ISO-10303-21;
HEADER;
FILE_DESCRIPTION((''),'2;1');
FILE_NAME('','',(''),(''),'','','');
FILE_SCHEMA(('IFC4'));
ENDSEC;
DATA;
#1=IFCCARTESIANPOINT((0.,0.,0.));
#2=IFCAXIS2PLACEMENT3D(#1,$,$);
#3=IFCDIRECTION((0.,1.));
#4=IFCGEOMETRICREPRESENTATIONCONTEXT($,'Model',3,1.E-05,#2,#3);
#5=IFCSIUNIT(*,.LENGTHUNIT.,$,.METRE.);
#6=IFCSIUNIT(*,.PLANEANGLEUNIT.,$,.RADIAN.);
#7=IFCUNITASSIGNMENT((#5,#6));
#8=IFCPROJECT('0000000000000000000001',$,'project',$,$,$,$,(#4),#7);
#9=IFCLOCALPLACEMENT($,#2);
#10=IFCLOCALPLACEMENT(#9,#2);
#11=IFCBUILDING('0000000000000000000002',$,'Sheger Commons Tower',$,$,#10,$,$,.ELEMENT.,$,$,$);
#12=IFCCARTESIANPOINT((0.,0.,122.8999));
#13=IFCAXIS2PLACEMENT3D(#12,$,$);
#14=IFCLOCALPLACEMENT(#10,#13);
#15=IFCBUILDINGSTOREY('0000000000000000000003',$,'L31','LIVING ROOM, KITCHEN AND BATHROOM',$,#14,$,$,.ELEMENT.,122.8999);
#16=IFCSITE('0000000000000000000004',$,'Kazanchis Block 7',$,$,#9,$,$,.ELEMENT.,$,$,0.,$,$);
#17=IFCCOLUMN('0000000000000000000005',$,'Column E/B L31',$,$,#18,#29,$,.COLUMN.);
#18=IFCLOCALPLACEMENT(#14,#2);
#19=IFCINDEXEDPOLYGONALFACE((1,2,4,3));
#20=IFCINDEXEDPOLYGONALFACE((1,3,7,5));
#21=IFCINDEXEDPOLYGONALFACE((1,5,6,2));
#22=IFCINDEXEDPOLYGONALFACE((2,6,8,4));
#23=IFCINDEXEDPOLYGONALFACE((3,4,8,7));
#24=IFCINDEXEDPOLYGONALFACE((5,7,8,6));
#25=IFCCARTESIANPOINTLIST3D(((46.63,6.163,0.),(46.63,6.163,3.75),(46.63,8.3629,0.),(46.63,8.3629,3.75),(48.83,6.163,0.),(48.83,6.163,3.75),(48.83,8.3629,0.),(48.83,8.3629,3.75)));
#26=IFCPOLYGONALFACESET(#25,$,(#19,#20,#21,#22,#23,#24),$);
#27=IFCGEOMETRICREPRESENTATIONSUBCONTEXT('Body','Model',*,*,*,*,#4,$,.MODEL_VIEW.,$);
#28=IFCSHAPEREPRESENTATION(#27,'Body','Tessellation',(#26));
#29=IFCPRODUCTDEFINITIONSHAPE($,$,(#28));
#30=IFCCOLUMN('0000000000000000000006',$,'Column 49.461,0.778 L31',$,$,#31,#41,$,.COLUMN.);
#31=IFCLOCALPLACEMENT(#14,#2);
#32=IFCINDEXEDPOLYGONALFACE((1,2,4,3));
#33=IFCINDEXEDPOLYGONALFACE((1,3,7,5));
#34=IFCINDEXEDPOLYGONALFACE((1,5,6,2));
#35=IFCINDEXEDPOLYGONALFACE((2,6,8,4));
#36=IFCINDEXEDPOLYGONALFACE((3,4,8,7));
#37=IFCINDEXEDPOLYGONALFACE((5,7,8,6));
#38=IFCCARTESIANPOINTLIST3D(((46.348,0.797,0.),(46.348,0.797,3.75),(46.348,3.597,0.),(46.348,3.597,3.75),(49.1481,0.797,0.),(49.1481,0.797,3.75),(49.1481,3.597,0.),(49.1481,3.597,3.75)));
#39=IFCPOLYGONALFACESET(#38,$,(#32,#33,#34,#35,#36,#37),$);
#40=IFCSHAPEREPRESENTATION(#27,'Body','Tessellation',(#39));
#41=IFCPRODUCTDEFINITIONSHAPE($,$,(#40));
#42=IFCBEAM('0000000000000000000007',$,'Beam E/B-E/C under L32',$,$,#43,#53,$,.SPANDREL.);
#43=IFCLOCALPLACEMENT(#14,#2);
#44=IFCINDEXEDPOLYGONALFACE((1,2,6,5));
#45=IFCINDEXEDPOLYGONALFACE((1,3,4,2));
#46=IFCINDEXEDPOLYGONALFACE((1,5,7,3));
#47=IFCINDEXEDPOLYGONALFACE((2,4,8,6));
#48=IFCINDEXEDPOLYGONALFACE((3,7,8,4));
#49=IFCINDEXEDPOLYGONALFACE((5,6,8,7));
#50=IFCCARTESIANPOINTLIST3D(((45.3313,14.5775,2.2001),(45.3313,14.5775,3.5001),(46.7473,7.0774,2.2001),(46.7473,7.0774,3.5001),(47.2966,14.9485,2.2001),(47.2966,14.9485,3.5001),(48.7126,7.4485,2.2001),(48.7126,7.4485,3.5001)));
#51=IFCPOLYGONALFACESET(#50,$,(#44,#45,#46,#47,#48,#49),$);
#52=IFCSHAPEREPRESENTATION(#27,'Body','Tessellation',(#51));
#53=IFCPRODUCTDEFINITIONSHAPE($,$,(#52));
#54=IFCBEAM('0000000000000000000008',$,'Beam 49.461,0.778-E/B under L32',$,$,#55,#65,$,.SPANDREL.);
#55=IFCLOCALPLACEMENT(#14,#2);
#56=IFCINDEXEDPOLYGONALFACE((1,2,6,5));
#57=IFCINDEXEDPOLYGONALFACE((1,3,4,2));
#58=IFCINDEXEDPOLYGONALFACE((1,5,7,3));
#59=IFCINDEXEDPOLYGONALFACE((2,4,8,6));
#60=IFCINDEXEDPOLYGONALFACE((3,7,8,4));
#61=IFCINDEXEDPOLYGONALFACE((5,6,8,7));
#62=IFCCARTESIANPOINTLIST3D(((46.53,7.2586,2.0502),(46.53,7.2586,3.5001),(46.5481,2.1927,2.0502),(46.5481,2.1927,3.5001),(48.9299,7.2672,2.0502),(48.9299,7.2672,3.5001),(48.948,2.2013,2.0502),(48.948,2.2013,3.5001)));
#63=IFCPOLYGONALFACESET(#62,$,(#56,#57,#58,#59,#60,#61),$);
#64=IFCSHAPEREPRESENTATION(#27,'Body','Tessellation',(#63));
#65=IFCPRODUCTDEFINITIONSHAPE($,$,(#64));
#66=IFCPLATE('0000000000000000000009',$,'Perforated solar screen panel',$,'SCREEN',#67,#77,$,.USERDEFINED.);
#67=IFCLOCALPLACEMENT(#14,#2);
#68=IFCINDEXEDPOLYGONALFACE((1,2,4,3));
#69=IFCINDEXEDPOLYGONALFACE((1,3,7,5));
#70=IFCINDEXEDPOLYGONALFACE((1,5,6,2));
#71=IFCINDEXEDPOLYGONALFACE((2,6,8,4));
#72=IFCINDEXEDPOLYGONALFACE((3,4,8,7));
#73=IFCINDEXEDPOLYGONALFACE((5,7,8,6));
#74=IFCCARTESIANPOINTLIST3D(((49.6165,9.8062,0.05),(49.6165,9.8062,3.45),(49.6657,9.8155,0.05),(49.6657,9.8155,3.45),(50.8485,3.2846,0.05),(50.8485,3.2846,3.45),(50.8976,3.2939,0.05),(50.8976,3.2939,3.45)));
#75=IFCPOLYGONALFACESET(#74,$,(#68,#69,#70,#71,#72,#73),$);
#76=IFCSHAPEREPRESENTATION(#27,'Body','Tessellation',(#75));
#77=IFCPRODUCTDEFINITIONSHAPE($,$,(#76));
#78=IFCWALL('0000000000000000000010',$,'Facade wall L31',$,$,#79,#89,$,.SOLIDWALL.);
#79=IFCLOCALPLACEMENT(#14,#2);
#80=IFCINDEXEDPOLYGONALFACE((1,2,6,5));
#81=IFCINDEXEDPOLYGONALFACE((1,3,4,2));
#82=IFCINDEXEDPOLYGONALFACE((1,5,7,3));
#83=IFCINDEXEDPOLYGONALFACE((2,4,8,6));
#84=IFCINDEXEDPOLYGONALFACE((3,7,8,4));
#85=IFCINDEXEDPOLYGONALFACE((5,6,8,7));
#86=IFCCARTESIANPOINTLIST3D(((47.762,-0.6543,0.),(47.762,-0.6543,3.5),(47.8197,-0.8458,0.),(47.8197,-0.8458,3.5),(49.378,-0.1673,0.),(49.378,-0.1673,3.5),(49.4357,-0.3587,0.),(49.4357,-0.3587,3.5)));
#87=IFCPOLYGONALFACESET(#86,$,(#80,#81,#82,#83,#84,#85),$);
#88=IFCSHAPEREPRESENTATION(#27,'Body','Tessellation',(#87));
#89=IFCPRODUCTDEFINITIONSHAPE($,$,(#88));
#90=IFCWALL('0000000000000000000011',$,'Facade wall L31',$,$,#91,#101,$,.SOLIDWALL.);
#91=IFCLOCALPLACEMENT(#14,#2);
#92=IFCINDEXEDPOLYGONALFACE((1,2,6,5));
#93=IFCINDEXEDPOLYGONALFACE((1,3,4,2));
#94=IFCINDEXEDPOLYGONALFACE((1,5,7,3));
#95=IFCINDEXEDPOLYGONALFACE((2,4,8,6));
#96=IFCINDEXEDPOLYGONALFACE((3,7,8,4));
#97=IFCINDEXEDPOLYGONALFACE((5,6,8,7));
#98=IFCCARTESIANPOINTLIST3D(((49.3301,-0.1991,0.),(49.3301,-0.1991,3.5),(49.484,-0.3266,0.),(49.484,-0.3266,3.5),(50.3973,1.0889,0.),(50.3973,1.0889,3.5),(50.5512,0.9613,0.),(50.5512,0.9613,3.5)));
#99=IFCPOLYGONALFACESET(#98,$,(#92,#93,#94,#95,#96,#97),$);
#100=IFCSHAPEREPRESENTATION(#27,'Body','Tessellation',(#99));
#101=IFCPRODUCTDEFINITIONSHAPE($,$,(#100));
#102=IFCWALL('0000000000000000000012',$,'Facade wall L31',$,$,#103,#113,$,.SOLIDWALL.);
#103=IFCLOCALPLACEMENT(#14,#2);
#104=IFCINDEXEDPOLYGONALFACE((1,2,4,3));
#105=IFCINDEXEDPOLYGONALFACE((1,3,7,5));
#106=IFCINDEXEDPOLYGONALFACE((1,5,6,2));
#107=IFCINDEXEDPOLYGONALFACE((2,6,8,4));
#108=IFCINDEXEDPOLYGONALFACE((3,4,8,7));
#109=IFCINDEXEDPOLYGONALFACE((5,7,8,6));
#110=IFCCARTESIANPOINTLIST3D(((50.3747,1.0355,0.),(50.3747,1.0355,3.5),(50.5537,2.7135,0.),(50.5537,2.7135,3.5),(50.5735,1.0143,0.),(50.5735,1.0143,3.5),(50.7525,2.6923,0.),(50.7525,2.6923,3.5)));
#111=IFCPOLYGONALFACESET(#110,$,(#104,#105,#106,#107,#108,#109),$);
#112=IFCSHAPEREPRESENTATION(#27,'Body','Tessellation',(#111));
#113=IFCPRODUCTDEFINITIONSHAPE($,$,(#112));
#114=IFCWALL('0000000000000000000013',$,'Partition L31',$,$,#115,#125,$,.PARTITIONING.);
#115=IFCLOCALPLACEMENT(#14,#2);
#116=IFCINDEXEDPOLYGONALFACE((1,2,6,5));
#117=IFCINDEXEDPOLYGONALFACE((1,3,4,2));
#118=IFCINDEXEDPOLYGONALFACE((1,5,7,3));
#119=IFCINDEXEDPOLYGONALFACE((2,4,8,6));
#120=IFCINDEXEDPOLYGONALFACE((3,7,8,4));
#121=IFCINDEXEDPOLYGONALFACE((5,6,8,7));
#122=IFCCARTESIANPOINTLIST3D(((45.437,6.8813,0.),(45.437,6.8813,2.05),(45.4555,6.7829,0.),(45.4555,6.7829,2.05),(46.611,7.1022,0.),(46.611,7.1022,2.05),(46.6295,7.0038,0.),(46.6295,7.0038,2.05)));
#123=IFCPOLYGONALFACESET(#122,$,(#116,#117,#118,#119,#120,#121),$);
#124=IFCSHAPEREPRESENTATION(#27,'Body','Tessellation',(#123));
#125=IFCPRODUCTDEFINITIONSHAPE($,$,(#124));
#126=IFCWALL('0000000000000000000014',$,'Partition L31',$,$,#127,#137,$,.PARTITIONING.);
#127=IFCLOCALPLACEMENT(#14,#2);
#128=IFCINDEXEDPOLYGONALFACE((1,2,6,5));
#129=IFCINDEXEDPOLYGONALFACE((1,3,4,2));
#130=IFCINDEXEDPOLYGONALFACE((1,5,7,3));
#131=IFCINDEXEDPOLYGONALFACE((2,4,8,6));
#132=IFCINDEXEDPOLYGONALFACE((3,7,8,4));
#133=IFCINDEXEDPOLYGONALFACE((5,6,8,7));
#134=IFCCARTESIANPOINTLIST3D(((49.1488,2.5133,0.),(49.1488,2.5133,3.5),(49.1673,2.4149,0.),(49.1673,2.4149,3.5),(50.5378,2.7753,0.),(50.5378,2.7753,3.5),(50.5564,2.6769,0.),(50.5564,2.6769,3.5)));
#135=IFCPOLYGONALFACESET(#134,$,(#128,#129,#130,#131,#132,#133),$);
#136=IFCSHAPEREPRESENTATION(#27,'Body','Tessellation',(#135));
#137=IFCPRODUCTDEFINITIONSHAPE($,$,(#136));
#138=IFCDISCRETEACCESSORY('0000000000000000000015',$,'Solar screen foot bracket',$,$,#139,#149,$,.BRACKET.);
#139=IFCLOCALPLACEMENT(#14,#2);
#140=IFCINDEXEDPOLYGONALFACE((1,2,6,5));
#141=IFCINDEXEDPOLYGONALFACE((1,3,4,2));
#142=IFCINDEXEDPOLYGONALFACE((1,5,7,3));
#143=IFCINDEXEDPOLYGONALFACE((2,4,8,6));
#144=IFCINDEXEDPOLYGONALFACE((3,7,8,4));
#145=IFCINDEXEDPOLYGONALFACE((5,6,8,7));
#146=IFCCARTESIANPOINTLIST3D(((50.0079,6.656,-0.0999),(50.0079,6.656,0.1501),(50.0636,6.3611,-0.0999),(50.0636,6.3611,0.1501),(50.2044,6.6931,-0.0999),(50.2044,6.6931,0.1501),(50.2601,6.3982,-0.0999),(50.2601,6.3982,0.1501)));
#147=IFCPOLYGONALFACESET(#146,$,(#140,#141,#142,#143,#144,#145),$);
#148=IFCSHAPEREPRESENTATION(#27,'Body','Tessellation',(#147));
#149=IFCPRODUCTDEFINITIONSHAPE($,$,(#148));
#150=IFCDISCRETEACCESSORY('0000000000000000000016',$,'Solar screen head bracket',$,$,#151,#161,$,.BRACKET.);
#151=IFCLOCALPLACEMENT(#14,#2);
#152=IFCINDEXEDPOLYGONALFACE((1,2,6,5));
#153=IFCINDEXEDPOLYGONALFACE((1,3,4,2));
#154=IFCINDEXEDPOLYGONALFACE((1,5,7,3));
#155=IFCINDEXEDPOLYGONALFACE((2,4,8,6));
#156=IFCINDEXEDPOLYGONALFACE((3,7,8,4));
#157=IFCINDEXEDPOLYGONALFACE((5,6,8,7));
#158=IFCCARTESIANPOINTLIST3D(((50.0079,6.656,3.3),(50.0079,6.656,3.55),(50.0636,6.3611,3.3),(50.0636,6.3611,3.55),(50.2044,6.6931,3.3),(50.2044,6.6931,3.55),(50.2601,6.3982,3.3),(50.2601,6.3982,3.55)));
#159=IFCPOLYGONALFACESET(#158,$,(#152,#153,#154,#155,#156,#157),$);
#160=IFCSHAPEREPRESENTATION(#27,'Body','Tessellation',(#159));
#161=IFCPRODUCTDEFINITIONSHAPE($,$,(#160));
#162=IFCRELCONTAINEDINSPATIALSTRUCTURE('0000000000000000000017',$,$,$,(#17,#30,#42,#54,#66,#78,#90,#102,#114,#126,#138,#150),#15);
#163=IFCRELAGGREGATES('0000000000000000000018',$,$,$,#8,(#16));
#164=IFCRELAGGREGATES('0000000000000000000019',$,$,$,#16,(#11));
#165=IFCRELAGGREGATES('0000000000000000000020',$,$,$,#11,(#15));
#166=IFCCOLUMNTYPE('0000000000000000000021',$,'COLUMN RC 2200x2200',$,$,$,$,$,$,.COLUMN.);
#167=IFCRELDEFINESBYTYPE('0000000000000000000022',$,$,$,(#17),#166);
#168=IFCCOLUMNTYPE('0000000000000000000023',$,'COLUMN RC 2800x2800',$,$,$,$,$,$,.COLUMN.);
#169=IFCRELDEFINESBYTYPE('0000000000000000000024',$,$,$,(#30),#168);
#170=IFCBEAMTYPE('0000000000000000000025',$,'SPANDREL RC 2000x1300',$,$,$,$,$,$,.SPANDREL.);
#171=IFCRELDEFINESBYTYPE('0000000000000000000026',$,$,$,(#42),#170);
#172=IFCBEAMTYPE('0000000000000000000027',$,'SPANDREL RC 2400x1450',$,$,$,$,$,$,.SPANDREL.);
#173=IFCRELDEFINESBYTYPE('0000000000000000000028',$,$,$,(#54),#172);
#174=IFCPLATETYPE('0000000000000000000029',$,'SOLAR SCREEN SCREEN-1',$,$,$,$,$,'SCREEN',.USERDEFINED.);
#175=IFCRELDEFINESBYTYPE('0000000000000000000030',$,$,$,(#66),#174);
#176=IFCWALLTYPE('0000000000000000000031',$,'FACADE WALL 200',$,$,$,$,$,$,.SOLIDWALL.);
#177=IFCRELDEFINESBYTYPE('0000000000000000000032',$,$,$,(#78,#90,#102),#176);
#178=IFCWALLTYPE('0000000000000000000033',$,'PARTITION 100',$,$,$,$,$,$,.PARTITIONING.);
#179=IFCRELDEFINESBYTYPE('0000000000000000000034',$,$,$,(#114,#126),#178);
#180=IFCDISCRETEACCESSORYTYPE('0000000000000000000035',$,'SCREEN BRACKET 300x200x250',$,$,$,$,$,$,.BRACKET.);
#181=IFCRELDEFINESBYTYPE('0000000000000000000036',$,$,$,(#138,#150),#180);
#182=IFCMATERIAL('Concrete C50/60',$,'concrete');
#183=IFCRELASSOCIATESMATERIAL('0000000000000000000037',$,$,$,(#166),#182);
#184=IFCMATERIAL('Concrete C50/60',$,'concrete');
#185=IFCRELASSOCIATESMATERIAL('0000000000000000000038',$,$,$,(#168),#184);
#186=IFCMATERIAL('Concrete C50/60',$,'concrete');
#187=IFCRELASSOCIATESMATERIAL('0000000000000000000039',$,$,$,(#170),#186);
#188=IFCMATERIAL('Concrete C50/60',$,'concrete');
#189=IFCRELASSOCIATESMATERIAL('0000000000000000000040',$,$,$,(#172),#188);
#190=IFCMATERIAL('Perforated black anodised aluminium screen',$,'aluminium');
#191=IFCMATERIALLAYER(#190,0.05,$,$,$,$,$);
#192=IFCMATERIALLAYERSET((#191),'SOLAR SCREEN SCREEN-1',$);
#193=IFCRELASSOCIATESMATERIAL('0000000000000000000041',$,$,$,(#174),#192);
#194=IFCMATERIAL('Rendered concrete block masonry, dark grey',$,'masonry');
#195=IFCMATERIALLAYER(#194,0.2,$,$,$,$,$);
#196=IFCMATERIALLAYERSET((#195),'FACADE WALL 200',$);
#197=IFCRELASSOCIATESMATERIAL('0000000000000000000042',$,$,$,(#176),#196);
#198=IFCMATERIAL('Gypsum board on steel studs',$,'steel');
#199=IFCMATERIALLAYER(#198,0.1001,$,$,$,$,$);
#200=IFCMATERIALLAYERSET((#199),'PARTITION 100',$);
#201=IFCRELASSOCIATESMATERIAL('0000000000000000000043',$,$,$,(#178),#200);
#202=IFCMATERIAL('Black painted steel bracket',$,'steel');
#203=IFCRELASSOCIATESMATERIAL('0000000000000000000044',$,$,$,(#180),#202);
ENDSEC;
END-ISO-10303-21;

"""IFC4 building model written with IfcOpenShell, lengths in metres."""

from ifc_helpers import new_model, si_unit, direction, frame, frame_2d, origin, origin_2d, place, context, subcontext, project, spatial, rectangle, extrude, material, layer, layer_set, material_profile, profile_set, type_object, element, save


model = new_model("IFC4")

# Units and contexts
model_context = context("Model", 3, precision=1e-05, world=origin(), true_north=direction((0.0, 1.0)))
body_context = subcontext(model_context, "Body", "Model", "MODEL_VIEW")
ifc_project = project(units=[si_unit("LENGTHUNIT", "METRE"), si_unit("PLANEANGLEUNIT", "RADIAN")], contexts=[model_context])

# Site, building, storey
site_placement = place(None, origin())
site = spatial("IfcSite", under=ifc_project, at=site_placement, Name="Kazanchis Block 7", CompositionType="ELEMENT", RefElevation=0.0)
building_placement = place(site_placement, origin())
building = spatial("IfcBuilding", under=site, at=building_placement, Name="Sheger Commons Tower", CompositionType="ELEMENT")
storey_placement = place(building_placement, frame((0.0, 0.0, 122.8999)))
storey = spatial("IfcBuildingStorey", under=building, at=storey_placement, Name="L31", Description="LIVING ROOM, KITCHEN AND BATHROOM", CompositionType="ELEMENT", Elevation=122.8999)

# Columns
ifc_material_1 = material(Name="Concrete C50/60", Category="concrete")
ifc_material_profile_1 = material_profile(ifc_material_1, rectangle(XDim=2.2, YDim=2.2, at=origin_2d()), Name="RC 2200x2200")
ifc_profile_set_1 = profile_set([ifc_material_profile_1], Name="Concrete C50/60")
column_type_1 = type_object("IfcColumnType", Name="COLUMN RC 2200x2200", PredefinedType="COLUMN", material=ifc_profile_set_1)
column_1_placement = place(storey_placement, frame((47.73, 7.2629, 0.0), z_axis=(0.0, 0.0, 1.0), x_axis=(1.0, 0.0, 0.0)))
element("IfcColumn", 1, at=column_1_placement, inside=storey, type_object=column_type_1, Name="Column E/B L31", PredefinedType="COLUMN", context=body_context, shape_type="SweptSolid", body=[
    extrude(rectangle(XDim=2.2, YDim=2.2, at=origin_2d()), origin(), (0.0, 0.0, 1.0), 3.75),
])
ifc_material_2 = material(Name="Concrete C50/60", Category="concrete")
ifc_material_profile_2 = material_profile(ifc_material_2, rectangle(XDim=2.8, YDim=2.8, at=origin_2d()), Name="RC 2800x2800")
ifc_profile_set_2 = profile_set([ifc_material_profile_2], Name="Concrete C50/60")
column_type_2 = type_object("IfcColumnType", Name="COLUMN RC 2800x2800", PredefinedType="COLUMN", material=ifc_profile_set_2)
column_2_placement = place(storey_placement, frame((47.748, 2.197, 0.0), z_axis=(0.0, 0.0, 1.0), x_axis=(1.0, 0.0, 0.0)))
element("IfcColumn", 2, at=column_2_placement, inside=storey, type_object=column_type_2, Name="Column 49.461,0.778 L31", PredefinedType="COLUMN", context=body_context, shape_type="SweptSolid", body=[
    extrude(rectangle(XDim=2.8, YDim=2.8, at=origin_2d()), origin(), (0.0, 0.0, 1.0), 3.75),
])

# Beams
ifc_material_3 = material(Name="Concrete C50/60", Category="concrete")
ifc_material_profile_3 = material_profile(ifc_material_3, rectangle(XDim=2.0, YDim=1.3, at=origin_2d()), Name="RC 2000x1300")
ifc_profile_set_3 = profile_set([ifc_material_profile_3], Name="Concrete C50/60")
beam_type_1 = type_object("IfcBeamType", Name="SPANDREL RC 2000x1300", PredefinedType="SPANDREL", material=ifc_profile_set_3)
beam_1_placement = place(storey_placement, frame((47.73, 7.2629, 2.8501), z_axis=(-0.185524, 0.98264, 0.0), x_axis=(-0.98264, -0.185524, 0.0)))
element("IfcBeam", 3, at=beam_1_placement, inside=storey, type_object=beam_type_1, Name="Beam E/B-E/C under L32", PredefinedType="SPANDREL", context=body_context, shape_type="SweptSolid", body=[
    extrude(rectangle(XDim=2.0, YDim=1.3, at=origin_2d()), origin(), (0.0, 0.0, 1.0), 7.6326),
])
ifc_material_4 = material(Name="Concrete C50/60", Category="concrete")
ifc_material_profile_4 = material_profile(ifc_material_4, rectangle(XDim=2.3999, YDim=1.45, at=origin_2d()), Name="RC 2400x1450")
ifc_profile_set_4 = profile_set([ifc_material_profile_4], Name="Concrete C50/60")
beam_type_2 = type_object("IfcBeamType", Name="SPANDREL RC 2400x1450", PredefinedType="SPANDREL", material=ifc_profile_set_4)
beam_2_placement = place(storey_placement, frame((47.748, 2.197, 2.7751), z_axis=(-0.003566, 0.999994, 0.0), x_axis=(-0.999994, -0.003566, 0.0)))
element("IfcBeam", 4, at=beam_2_placement, inside=storey, type_object=beam_type_2, Name="Beam 49.461,0.778-E/B under L32", PredefinedType="SPANDREL", context=body_context, shape_type="SweptSolid", body=[
    extrude(rectangle(XDim=2.3999, YDim=1.45, at=origin_2d()), origin(), (0.0, 0.0, 1.0), 5.0659),
])

# Plate
ifc_material_5 = material(Name="Perforated black anodised aluminium screen", Category="aluminium")
ifc_layer_1 = layer(ifc_material_5, 0.05)
ifc_layer_set_1 = layer_set([ifc_layer_1], Name="SOLAR SCREEN SCREEN-1")
plate_type = type_object("IfcPlateType", Name="SOLAR SCREEN SCREEN-1", ElementType="SCREEN", PredefinedType="USERDEFINED", material=ifc_layer_set_1)
plate_placement = place(storey_placement, frame((50.2571, 6.55, 0.05), z_axis=(0.0, 0.0, 1.0), x_axis=(-0.185615, 0.982623, 0.0)))
element("IfcPlate", 5, at=plate_placement, inside=storey, type_object=plate_type, Name="Perforated solar screen panel", ObjectType="SCREEN", PredefinedType="USERDEFINED", context=body_context, shape_type="SweptSolid", body=[
    extrude(rectangle(XDim=6.637, YDim=0.05, at=origin_2d()), origin(), (0.0, 0.0, 1.0), 3.3999),
])

# Walls
ifc_material_6 = material(Name="Rendered concrete block masonry, dark grey", Category="masonry")
ifc_layer_2 = layer(ifc_material_6, 0.2)
ifc_layer_set_2 = layer_set([ifc_layer_2], Name="FACADE WALL 200")
wall_type_1 = type_object("IfcWallType", Name="FACADE WALL 200", PredefinedType="SOLIDWALL", material=ifc_layer_set_2)
wall_1_placement = place(storey_placement, frame((47.791, -0.75, 0.0), z_axis=(0.0, 0.0, 1.0), x_axis=(0.957455, 0.288582, 0.0)))
element("IfcWall", 6, at=wall_1_placement, inside=storey, type_object=wall_type_1, Name="Facade wall L31", PredefinedType="SOLIDWALL", context=body_context, shape_type="SweptSolid", body=[
    extrude(rectangle(XDim=1.6877, YDim=0.2, at=frame_2d((0.8438, 0.0))), origin(), (0.0, 0.0, 1.0), 3.5),
])
wall_2_placement = place(storey_placement, frame((49.407, -0.2629, 0.0), z_axis=(0.0, 0.0, 1.0), x_axis=(0.638043, 0.770001, 0.0)))
element("IfcWall", 7, at=wall_2_placement, inside=storey, type_object=wall_type_1, Name="Facade wall L31", PredefinedType="SOLIDWALL", context=body_context, shape_type="SweptSolid", body=[
    extrude(rectangle(XDim=1.6726, YDim=0.2, at=frame_2d((0.8364, 0.0))), origin(), (0.0, 0.0, 1.0), 3.5),
])
wall_3_placement = place(storey_placement, frame((50.4741, 1.0249, 0.0), z_axis=(0.0, 0.0, 1.0), x_axis=(0.106048, 0.994361, 0.0)))
element("IfcWall", 8, at=wall_3_placement, inside=storey, type_object=wall_type_1, Name="Facade wall L31", PredefinedType="SOLIDWALL", context=body_context, shape_type="SweptSolid", body=[
    extrude(rectangle(XDim=1.6875, YDim=0.2, at=frame_2d((0.8438, 0.0))), origin(), (0.0, 0.0, 1.0), 3.5),
])

# Walls
ifc_material_7 = material(Name="Gypsum board on steel studs", Category="steel")
ifc_layer_3 = layer(ifc_material_7, 0.1001)
ifc_layer_set_3 = layer_set([ifc_layer_3], Name="PARTITION 100")
wall_type_2 = type_object("IfcWallType", Name="PARTITION 100", PredefinedType="PARTITIONING", material=ifc_layer_set_3)
wall_4_placement = place(storey_placement, frame((46.6201, 7.053, 0.0), z_axis=(0.0, 0.0, 1.0), x_axis=(-0.982749, -0.184942, 0.0)))
element("IfcWall", 9, at=wall_4_placement, inside=storey, type_object=wall_type_2, Name="Partition L31", PredefinedType="PARTITIONING", context=body_context, shape_type="SweptSolid", body=[
    extrude(rectangle(XDim=1.1946, YDim=0.1001, at=frame_2d((0.5972, 0.0))), origin(), (0.0, 0.0, 1.0), 2.05),
])
wall_5_placement = place(storey_placement, frame((50.5471, 2.7261, 0.0), z_axis=(0.0, 0.0, 1.0), x_axis=(-0.98268, -0.18531, 0.0)))
element("IfcWall", 10, at=wall_5_placement, inside=storey, type_object=wall_type_2, Name="Partition L31", PredefinedType="PARTITIONING", context=body_context, shape_type="SweptSolid", body=[
    extrude(rectangle(XDim=1.4136, YDim=0.1001, at=frame_2d((0.7068, 0.0))), origin(), (0.0, 0.0, 1.0), 3.5),
])

# Discrete accessories
ifc_material_8 = material(Name="Black painted steel bracket", Category="steel")
discrete_accessory_type = type_object("IfcDiscreteAccessoryType", Name="SCREEN BRACKET 300x200x250", PredefinedType="BRACKET", material=ifc_material_8)
for number, where, z_axis, x_axis, name in (
    (11, (50.134, 6.5271, -0.0999), (0.0, 0.0, 1.0), (-0.185615, 0.982623, 0.0), "Solar screen foot bracket"),
    (12, (50.134, 6.5271, 3.3), (0.0, 0.0, 1.0), (-0.185615, 0.982623, 0.0), "Solar screen head bracket"),
):
    element("IfcDiscreteAccessory", number, at=place(storey_placement, frame(where, z_axis=z_axis, x_axis=x_axis)), inside=storey, type_object=discrete_accessory_type, Name=name, PredefinedType="BRACKET", context=body_context, shape_type="SweptSolid", body=[
        extrude(rectangle(XDim=0.3, YDim=0.2, at=origin_2d()), origin(), (0.0, 0.0, 1.0), 0.25),
    ])

save(model, "model.ifc")
